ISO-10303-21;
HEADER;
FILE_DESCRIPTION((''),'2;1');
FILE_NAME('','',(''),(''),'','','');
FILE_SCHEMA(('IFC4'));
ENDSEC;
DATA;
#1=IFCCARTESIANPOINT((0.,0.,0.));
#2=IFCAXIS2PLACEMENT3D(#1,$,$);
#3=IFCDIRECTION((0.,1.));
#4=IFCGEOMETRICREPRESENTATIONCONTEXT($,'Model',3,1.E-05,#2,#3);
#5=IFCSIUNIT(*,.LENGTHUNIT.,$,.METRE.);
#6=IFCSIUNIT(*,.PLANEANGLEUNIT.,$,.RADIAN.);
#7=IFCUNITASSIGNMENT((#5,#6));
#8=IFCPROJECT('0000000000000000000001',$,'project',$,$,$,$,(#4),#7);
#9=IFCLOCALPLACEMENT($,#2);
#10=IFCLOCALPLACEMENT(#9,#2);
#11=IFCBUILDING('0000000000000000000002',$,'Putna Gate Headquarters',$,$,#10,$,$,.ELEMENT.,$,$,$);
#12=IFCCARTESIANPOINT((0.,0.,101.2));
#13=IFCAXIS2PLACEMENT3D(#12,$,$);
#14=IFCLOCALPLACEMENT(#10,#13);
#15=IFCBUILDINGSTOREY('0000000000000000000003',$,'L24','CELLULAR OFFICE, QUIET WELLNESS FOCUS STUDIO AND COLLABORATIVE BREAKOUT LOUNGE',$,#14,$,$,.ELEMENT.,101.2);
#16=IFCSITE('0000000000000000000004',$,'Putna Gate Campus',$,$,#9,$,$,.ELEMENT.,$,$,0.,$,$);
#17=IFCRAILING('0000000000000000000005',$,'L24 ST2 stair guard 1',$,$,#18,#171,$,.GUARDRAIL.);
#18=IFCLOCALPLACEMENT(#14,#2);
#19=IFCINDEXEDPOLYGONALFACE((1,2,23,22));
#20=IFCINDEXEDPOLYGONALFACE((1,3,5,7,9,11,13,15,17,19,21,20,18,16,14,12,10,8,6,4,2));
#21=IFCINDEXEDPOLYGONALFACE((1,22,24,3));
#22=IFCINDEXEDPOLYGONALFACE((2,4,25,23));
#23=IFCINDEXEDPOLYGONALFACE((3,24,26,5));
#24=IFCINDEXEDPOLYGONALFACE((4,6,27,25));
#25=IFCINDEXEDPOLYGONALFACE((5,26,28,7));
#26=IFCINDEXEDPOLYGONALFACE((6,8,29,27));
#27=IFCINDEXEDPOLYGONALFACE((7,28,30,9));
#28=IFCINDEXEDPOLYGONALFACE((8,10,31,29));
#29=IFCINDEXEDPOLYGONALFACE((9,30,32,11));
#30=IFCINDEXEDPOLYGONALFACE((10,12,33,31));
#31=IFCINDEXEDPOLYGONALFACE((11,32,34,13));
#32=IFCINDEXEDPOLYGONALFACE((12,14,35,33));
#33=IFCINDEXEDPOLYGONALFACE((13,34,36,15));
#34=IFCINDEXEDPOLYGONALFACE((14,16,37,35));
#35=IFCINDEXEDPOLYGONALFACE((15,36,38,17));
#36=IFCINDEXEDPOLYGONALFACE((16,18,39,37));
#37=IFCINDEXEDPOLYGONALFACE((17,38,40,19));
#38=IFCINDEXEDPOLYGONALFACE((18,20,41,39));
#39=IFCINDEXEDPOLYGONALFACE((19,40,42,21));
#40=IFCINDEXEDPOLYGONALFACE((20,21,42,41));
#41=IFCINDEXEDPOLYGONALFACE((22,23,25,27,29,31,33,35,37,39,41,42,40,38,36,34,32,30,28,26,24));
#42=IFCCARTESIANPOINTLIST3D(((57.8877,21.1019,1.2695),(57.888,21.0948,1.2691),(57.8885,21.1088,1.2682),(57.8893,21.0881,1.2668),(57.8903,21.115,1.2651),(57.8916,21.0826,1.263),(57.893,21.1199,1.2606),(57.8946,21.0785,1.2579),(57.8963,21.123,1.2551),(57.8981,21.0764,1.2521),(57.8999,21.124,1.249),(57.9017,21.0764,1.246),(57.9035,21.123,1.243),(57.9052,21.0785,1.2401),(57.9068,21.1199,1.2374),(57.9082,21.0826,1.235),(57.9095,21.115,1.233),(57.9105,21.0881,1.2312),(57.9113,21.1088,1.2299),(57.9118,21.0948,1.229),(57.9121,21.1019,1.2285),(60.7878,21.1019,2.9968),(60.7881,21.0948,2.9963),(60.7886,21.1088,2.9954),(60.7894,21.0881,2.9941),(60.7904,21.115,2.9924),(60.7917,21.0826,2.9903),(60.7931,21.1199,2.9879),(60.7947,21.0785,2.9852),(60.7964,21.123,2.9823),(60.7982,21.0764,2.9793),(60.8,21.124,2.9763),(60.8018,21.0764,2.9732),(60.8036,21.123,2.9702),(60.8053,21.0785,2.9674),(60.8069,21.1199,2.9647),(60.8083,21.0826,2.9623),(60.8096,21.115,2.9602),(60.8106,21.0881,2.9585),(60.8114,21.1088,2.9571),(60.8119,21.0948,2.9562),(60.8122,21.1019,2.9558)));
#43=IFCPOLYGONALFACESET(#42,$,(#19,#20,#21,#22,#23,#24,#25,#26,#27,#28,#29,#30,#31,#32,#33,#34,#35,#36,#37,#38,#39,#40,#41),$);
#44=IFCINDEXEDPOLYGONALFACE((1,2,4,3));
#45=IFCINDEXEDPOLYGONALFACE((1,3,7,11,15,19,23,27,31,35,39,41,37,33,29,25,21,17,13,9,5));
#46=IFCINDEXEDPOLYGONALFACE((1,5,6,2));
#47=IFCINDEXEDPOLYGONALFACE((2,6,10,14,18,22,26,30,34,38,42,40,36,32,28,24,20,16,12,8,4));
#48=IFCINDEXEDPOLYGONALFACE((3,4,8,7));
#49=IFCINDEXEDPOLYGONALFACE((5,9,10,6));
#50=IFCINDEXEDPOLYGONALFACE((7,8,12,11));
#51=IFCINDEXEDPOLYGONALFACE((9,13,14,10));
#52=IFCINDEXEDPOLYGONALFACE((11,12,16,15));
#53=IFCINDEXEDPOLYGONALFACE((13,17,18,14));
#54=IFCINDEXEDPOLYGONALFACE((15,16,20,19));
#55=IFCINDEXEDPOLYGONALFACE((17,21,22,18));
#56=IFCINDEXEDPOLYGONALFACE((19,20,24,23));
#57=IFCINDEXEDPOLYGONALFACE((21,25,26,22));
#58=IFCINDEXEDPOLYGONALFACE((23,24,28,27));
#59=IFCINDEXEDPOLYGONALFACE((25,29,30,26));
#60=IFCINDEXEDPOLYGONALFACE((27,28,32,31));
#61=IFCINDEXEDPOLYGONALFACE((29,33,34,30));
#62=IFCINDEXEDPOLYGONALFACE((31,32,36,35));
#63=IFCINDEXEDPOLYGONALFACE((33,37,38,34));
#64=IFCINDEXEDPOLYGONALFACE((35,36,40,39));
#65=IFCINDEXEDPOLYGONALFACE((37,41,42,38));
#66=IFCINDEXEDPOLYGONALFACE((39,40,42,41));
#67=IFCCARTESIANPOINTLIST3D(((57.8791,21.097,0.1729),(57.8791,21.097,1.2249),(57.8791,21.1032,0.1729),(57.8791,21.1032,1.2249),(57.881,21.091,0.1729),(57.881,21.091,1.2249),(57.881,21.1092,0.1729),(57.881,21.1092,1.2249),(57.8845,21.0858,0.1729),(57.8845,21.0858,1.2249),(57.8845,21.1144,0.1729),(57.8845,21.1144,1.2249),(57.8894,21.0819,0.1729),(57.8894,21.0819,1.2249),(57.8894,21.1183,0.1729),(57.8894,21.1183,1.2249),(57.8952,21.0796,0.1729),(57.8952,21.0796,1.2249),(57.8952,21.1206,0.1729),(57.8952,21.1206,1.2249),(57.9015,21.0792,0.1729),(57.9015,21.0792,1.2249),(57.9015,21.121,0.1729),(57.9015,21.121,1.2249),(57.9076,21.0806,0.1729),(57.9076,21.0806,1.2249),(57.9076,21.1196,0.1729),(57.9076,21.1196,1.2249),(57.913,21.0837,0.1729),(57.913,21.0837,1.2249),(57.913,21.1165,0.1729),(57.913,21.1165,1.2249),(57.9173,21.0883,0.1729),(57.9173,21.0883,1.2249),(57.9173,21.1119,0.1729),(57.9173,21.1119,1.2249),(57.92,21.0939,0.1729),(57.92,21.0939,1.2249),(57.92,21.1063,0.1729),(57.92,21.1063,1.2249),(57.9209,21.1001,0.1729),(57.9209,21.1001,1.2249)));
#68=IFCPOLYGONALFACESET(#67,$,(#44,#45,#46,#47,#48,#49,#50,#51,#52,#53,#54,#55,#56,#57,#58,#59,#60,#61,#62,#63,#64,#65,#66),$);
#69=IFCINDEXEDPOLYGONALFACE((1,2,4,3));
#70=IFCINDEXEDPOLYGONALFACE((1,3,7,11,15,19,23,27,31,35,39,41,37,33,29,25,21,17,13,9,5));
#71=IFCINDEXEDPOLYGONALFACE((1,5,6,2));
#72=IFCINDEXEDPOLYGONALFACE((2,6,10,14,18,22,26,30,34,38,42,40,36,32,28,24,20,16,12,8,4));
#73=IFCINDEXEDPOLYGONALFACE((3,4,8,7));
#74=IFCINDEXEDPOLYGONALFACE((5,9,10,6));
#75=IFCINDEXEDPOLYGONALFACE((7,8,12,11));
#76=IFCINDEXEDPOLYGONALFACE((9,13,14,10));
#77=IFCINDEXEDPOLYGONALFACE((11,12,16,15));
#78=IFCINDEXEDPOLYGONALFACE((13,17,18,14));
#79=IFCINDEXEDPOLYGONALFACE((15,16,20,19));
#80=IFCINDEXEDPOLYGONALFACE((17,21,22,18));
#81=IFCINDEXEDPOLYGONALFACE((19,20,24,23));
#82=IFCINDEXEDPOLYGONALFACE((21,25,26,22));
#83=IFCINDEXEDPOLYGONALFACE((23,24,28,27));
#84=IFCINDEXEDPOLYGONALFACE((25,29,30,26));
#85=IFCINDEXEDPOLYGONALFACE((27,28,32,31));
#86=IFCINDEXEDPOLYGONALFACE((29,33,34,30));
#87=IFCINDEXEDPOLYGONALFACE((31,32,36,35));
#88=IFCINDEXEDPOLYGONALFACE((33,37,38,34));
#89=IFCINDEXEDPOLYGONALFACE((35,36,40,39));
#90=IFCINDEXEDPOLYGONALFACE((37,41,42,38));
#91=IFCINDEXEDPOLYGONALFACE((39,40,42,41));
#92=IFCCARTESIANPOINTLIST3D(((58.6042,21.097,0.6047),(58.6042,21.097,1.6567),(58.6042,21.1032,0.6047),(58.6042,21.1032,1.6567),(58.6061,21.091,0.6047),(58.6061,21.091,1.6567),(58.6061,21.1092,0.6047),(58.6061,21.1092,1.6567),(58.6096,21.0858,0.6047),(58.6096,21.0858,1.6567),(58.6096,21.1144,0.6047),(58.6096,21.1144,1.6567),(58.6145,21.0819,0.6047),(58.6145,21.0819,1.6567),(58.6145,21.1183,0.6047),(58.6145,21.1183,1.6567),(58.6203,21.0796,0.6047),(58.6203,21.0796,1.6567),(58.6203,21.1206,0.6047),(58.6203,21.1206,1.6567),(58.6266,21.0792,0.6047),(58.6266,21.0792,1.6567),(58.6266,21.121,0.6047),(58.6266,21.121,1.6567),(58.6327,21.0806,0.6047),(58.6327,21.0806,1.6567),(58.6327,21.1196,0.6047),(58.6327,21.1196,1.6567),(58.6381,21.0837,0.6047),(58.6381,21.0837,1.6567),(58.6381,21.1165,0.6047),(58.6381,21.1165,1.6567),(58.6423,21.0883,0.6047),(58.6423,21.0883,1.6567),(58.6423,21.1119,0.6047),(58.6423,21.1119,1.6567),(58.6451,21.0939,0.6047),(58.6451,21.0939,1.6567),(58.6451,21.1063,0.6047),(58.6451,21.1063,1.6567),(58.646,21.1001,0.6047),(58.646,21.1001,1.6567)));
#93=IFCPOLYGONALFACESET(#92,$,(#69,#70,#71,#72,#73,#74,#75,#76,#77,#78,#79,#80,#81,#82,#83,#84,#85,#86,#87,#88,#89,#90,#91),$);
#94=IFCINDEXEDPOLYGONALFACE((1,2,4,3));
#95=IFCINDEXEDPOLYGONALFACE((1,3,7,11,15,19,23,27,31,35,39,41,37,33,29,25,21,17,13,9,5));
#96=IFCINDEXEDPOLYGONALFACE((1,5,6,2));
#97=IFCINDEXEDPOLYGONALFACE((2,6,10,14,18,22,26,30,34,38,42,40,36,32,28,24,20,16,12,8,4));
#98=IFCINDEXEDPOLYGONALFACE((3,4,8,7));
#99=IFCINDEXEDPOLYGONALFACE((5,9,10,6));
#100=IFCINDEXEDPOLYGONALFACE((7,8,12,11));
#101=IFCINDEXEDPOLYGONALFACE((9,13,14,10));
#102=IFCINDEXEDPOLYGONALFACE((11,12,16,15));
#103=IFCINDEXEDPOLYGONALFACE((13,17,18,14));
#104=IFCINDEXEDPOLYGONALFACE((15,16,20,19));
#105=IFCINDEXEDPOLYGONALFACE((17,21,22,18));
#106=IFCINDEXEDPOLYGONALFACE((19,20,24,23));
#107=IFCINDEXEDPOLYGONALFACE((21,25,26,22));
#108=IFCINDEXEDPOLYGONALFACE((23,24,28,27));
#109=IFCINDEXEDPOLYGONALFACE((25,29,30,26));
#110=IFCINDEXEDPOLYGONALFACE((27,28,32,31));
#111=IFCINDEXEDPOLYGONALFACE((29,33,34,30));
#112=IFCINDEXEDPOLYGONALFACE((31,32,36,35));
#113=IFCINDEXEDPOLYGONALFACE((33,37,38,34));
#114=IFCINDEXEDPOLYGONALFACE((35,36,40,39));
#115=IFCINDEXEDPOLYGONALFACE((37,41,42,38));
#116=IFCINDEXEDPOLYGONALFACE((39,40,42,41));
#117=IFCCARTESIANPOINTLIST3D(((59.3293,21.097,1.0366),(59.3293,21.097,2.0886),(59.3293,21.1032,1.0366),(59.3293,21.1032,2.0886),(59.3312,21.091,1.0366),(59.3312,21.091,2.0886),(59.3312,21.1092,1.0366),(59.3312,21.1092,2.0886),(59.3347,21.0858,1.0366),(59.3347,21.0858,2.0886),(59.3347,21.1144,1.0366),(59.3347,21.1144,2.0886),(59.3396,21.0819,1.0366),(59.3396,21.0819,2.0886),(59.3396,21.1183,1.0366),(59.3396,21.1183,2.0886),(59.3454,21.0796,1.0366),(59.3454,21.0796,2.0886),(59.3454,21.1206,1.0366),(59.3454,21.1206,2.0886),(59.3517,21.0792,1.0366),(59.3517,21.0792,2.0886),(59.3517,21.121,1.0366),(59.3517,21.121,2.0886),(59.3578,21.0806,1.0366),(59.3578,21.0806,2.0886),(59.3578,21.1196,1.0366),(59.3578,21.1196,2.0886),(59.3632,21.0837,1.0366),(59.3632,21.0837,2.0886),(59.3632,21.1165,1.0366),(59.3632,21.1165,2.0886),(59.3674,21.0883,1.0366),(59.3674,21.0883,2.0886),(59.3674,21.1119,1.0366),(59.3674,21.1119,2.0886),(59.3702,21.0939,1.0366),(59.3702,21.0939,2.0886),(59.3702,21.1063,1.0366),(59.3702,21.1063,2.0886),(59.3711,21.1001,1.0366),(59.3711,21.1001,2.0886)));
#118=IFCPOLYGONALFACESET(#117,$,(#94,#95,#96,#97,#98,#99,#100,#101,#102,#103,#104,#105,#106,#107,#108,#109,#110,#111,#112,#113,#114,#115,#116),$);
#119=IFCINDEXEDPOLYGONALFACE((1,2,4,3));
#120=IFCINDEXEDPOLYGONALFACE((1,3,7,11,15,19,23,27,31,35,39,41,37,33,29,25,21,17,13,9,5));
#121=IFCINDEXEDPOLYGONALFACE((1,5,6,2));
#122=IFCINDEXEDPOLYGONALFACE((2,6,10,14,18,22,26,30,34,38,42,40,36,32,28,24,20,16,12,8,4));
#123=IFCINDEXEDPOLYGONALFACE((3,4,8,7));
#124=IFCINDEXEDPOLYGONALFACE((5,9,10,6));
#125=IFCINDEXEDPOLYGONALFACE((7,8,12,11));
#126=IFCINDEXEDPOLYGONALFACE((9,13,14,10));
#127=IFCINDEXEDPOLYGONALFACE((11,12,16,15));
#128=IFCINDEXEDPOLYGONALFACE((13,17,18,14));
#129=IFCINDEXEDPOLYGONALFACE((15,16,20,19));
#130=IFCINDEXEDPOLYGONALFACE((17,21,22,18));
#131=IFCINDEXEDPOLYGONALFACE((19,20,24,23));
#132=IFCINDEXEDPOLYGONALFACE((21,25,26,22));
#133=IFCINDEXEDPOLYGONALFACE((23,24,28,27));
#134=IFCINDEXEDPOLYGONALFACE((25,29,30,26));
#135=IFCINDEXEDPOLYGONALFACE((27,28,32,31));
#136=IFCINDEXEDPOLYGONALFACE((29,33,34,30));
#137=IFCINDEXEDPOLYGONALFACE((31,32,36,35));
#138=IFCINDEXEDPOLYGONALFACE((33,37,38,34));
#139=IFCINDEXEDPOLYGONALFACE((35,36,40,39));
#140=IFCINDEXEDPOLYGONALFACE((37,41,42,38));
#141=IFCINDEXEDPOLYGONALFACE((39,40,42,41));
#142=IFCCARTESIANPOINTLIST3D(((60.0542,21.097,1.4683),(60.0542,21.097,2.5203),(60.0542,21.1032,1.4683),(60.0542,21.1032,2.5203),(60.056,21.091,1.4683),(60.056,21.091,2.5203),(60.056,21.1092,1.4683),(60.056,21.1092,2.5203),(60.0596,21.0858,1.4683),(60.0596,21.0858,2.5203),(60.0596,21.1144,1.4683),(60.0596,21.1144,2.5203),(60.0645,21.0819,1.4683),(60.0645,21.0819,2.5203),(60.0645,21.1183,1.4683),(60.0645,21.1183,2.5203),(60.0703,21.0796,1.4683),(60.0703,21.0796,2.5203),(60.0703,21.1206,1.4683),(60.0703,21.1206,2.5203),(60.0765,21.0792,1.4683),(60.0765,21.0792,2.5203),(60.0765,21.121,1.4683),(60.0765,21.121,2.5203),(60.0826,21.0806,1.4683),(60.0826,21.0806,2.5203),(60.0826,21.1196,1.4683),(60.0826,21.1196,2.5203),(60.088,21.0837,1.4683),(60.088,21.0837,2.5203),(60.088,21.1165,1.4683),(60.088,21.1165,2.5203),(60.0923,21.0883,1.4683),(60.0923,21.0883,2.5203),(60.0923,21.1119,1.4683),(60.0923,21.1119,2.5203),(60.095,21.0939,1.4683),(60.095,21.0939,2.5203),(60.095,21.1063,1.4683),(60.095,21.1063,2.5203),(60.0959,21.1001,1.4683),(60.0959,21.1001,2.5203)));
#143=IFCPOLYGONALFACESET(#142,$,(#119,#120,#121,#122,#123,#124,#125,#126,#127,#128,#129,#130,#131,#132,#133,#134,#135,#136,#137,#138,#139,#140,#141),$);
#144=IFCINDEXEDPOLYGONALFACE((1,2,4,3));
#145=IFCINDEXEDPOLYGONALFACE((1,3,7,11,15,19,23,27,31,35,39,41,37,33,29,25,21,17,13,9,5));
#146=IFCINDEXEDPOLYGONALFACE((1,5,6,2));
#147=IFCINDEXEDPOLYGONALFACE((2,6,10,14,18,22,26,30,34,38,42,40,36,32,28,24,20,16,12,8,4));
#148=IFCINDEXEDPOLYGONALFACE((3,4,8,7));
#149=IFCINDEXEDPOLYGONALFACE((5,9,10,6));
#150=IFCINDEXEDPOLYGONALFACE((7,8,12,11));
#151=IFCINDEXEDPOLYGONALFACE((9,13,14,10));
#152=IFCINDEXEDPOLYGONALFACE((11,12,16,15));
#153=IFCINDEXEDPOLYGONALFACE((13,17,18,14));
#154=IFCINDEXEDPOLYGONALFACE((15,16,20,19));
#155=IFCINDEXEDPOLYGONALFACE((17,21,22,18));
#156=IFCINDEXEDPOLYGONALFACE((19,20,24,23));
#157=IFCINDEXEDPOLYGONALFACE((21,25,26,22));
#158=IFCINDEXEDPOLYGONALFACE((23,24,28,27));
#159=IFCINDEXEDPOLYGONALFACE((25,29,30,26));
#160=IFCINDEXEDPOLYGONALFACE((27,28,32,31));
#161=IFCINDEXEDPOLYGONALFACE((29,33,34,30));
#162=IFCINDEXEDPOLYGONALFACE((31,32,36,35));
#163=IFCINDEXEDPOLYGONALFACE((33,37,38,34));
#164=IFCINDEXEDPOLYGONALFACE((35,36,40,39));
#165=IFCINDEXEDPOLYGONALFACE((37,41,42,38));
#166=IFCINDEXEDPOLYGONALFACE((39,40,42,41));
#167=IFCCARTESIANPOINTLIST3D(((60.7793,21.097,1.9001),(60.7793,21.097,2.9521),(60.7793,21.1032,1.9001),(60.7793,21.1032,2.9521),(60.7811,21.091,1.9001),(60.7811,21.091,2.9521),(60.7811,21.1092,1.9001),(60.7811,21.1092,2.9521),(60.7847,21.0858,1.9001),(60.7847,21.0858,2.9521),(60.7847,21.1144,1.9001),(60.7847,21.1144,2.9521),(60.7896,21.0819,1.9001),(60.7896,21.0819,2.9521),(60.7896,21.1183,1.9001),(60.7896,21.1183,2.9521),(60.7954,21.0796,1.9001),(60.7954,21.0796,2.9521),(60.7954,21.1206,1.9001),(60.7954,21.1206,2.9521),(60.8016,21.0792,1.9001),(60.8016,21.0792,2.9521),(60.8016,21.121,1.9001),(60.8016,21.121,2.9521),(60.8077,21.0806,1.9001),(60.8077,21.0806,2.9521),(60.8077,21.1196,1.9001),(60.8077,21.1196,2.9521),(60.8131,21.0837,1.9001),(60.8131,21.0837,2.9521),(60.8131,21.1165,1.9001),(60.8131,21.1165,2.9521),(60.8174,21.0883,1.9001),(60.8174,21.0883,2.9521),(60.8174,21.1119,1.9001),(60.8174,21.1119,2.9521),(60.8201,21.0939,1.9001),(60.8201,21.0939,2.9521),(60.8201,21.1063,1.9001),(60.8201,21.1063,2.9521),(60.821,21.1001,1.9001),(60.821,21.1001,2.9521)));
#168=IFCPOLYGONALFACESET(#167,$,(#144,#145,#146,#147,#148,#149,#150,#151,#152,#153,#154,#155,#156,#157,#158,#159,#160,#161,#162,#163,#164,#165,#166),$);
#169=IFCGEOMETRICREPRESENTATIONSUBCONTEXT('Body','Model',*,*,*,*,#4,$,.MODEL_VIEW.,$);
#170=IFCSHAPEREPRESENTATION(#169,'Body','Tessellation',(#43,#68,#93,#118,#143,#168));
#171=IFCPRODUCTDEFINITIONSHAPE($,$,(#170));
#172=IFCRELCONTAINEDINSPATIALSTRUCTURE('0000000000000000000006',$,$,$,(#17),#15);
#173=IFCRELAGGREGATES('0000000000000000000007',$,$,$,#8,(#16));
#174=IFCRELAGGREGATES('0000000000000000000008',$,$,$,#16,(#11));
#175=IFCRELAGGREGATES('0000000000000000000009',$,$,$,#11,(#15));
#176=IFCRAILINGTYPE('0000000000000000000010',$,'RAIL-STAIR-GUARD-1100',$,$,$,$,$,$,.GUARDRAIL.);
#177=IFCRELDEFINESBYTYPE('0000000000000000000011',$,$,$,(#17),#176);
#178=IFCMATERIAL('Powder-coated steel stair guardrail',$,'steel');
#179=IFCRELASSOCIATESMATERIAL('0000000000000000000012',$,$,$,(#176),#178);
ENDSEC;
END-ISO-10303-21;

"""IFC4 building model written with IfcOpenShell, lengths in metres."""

from ifc_helpers import new_model, si_unit, direction, frame, origin, origin_2d, place, context, subcontext, project, spatial, circle, extrude, material, type_object, element, save


model = new_model("IFC4")

# Units and contexts
model_context = context("Model", 3, precision=1e-05, world=origin(), true_north=direction((0.0, 1.0)))
body_context = subcontext(model_context, "Body", "Model", "MODEL_VIEW")
ifc_project = project(units=[si_unit("LENGTHUNIT", "METRE"), si_unit("PLANEANGLEUNIT", "RADIAN")], contexts=[model_context])

# Site, building, storey
site_placement = place(None, origin())
site = spatial("IfcSite", under=ifc_project, at=site_placement, Name="Putna Gate Campus", CompositionType="ELEMENT", RefElevation=0.0)
building_placement = place(site_placement, origin())
building = spatial("IfcBuilding", under=site, at=building_placement, Name="Putna Gate Headquarters", CompositionType="ELEMENT")
storey_placement = place(building_placement, frame((0.0, 0.0, 101.2)))
storey = spatial("IfcBuildingStorey", under=building, at=storey_placement, Name="L24", Description="CELLULAR OFFICE, QUIET WELLNESS FOCUS STUDIO AND COLLABORATIVE BREAKOUT LOUNGE", CompositionType="ELEMENT", Elevation=101.2)

# Railing
ifc_material_1 = material(Name="Powder-coated steel stair guardrail", Category="steel")
railing_type_1 = type_object("IfcRailingType", Name="RAIL-STAIR-GUARD-1100", PredefinedType="GUARDRAIL", material=ifc_material_1)
railing_1_placement = place(storey_placement, frame((57.8999, 21.1001, 0.1729)))
element("IfcRailing", 1, at=railing_1_placement, inside=storey, type_object=railing_type_1, Name="L24 ST2 stair guard 1", PredefinedType="GUARDRAIL", context=body_context, shape_type="SweptSolid", body=[
    extrude(circle(Radius=0.0239, at=origin_2d()), frame((0.0, 0.0, 1.0762), z_axis=(0.85916, 0.0, 0.511706), x_axis=(0.0, 1.0, 0.0)), (0.0, 0.0, 1.0), 3.3755),
    extrude(circle(Radius=0.021, at=origin_2d()), origin(), (0.0, 0.0, 1.0), 1.052),
    extrude(circle(Radius=0.021, at=origin_2d()), frame((0.7251, 0.0, 0.4319)), (0.0, 0.0, 1.0), 1.052),
    extrude(circle(Radius=0.021, at=origin_2d()), frame((1.4502, 0.0, 0.8638)), (0.0, 0.0, 1.0), 1.052),
    extrude(circle(Radius=0.021, at=origin_2d()), frame((2.175, 0.0, 1.2954)), (0.0, 0.0, 1.0), 1.052),
    extrude(circle(Radius=0.021, at=origin_2d()), frame((2.9001, 0.0, 1.7273)), (0.0, 0.0, 1.0), 1.052),
])

save(model, "model.ifc")
